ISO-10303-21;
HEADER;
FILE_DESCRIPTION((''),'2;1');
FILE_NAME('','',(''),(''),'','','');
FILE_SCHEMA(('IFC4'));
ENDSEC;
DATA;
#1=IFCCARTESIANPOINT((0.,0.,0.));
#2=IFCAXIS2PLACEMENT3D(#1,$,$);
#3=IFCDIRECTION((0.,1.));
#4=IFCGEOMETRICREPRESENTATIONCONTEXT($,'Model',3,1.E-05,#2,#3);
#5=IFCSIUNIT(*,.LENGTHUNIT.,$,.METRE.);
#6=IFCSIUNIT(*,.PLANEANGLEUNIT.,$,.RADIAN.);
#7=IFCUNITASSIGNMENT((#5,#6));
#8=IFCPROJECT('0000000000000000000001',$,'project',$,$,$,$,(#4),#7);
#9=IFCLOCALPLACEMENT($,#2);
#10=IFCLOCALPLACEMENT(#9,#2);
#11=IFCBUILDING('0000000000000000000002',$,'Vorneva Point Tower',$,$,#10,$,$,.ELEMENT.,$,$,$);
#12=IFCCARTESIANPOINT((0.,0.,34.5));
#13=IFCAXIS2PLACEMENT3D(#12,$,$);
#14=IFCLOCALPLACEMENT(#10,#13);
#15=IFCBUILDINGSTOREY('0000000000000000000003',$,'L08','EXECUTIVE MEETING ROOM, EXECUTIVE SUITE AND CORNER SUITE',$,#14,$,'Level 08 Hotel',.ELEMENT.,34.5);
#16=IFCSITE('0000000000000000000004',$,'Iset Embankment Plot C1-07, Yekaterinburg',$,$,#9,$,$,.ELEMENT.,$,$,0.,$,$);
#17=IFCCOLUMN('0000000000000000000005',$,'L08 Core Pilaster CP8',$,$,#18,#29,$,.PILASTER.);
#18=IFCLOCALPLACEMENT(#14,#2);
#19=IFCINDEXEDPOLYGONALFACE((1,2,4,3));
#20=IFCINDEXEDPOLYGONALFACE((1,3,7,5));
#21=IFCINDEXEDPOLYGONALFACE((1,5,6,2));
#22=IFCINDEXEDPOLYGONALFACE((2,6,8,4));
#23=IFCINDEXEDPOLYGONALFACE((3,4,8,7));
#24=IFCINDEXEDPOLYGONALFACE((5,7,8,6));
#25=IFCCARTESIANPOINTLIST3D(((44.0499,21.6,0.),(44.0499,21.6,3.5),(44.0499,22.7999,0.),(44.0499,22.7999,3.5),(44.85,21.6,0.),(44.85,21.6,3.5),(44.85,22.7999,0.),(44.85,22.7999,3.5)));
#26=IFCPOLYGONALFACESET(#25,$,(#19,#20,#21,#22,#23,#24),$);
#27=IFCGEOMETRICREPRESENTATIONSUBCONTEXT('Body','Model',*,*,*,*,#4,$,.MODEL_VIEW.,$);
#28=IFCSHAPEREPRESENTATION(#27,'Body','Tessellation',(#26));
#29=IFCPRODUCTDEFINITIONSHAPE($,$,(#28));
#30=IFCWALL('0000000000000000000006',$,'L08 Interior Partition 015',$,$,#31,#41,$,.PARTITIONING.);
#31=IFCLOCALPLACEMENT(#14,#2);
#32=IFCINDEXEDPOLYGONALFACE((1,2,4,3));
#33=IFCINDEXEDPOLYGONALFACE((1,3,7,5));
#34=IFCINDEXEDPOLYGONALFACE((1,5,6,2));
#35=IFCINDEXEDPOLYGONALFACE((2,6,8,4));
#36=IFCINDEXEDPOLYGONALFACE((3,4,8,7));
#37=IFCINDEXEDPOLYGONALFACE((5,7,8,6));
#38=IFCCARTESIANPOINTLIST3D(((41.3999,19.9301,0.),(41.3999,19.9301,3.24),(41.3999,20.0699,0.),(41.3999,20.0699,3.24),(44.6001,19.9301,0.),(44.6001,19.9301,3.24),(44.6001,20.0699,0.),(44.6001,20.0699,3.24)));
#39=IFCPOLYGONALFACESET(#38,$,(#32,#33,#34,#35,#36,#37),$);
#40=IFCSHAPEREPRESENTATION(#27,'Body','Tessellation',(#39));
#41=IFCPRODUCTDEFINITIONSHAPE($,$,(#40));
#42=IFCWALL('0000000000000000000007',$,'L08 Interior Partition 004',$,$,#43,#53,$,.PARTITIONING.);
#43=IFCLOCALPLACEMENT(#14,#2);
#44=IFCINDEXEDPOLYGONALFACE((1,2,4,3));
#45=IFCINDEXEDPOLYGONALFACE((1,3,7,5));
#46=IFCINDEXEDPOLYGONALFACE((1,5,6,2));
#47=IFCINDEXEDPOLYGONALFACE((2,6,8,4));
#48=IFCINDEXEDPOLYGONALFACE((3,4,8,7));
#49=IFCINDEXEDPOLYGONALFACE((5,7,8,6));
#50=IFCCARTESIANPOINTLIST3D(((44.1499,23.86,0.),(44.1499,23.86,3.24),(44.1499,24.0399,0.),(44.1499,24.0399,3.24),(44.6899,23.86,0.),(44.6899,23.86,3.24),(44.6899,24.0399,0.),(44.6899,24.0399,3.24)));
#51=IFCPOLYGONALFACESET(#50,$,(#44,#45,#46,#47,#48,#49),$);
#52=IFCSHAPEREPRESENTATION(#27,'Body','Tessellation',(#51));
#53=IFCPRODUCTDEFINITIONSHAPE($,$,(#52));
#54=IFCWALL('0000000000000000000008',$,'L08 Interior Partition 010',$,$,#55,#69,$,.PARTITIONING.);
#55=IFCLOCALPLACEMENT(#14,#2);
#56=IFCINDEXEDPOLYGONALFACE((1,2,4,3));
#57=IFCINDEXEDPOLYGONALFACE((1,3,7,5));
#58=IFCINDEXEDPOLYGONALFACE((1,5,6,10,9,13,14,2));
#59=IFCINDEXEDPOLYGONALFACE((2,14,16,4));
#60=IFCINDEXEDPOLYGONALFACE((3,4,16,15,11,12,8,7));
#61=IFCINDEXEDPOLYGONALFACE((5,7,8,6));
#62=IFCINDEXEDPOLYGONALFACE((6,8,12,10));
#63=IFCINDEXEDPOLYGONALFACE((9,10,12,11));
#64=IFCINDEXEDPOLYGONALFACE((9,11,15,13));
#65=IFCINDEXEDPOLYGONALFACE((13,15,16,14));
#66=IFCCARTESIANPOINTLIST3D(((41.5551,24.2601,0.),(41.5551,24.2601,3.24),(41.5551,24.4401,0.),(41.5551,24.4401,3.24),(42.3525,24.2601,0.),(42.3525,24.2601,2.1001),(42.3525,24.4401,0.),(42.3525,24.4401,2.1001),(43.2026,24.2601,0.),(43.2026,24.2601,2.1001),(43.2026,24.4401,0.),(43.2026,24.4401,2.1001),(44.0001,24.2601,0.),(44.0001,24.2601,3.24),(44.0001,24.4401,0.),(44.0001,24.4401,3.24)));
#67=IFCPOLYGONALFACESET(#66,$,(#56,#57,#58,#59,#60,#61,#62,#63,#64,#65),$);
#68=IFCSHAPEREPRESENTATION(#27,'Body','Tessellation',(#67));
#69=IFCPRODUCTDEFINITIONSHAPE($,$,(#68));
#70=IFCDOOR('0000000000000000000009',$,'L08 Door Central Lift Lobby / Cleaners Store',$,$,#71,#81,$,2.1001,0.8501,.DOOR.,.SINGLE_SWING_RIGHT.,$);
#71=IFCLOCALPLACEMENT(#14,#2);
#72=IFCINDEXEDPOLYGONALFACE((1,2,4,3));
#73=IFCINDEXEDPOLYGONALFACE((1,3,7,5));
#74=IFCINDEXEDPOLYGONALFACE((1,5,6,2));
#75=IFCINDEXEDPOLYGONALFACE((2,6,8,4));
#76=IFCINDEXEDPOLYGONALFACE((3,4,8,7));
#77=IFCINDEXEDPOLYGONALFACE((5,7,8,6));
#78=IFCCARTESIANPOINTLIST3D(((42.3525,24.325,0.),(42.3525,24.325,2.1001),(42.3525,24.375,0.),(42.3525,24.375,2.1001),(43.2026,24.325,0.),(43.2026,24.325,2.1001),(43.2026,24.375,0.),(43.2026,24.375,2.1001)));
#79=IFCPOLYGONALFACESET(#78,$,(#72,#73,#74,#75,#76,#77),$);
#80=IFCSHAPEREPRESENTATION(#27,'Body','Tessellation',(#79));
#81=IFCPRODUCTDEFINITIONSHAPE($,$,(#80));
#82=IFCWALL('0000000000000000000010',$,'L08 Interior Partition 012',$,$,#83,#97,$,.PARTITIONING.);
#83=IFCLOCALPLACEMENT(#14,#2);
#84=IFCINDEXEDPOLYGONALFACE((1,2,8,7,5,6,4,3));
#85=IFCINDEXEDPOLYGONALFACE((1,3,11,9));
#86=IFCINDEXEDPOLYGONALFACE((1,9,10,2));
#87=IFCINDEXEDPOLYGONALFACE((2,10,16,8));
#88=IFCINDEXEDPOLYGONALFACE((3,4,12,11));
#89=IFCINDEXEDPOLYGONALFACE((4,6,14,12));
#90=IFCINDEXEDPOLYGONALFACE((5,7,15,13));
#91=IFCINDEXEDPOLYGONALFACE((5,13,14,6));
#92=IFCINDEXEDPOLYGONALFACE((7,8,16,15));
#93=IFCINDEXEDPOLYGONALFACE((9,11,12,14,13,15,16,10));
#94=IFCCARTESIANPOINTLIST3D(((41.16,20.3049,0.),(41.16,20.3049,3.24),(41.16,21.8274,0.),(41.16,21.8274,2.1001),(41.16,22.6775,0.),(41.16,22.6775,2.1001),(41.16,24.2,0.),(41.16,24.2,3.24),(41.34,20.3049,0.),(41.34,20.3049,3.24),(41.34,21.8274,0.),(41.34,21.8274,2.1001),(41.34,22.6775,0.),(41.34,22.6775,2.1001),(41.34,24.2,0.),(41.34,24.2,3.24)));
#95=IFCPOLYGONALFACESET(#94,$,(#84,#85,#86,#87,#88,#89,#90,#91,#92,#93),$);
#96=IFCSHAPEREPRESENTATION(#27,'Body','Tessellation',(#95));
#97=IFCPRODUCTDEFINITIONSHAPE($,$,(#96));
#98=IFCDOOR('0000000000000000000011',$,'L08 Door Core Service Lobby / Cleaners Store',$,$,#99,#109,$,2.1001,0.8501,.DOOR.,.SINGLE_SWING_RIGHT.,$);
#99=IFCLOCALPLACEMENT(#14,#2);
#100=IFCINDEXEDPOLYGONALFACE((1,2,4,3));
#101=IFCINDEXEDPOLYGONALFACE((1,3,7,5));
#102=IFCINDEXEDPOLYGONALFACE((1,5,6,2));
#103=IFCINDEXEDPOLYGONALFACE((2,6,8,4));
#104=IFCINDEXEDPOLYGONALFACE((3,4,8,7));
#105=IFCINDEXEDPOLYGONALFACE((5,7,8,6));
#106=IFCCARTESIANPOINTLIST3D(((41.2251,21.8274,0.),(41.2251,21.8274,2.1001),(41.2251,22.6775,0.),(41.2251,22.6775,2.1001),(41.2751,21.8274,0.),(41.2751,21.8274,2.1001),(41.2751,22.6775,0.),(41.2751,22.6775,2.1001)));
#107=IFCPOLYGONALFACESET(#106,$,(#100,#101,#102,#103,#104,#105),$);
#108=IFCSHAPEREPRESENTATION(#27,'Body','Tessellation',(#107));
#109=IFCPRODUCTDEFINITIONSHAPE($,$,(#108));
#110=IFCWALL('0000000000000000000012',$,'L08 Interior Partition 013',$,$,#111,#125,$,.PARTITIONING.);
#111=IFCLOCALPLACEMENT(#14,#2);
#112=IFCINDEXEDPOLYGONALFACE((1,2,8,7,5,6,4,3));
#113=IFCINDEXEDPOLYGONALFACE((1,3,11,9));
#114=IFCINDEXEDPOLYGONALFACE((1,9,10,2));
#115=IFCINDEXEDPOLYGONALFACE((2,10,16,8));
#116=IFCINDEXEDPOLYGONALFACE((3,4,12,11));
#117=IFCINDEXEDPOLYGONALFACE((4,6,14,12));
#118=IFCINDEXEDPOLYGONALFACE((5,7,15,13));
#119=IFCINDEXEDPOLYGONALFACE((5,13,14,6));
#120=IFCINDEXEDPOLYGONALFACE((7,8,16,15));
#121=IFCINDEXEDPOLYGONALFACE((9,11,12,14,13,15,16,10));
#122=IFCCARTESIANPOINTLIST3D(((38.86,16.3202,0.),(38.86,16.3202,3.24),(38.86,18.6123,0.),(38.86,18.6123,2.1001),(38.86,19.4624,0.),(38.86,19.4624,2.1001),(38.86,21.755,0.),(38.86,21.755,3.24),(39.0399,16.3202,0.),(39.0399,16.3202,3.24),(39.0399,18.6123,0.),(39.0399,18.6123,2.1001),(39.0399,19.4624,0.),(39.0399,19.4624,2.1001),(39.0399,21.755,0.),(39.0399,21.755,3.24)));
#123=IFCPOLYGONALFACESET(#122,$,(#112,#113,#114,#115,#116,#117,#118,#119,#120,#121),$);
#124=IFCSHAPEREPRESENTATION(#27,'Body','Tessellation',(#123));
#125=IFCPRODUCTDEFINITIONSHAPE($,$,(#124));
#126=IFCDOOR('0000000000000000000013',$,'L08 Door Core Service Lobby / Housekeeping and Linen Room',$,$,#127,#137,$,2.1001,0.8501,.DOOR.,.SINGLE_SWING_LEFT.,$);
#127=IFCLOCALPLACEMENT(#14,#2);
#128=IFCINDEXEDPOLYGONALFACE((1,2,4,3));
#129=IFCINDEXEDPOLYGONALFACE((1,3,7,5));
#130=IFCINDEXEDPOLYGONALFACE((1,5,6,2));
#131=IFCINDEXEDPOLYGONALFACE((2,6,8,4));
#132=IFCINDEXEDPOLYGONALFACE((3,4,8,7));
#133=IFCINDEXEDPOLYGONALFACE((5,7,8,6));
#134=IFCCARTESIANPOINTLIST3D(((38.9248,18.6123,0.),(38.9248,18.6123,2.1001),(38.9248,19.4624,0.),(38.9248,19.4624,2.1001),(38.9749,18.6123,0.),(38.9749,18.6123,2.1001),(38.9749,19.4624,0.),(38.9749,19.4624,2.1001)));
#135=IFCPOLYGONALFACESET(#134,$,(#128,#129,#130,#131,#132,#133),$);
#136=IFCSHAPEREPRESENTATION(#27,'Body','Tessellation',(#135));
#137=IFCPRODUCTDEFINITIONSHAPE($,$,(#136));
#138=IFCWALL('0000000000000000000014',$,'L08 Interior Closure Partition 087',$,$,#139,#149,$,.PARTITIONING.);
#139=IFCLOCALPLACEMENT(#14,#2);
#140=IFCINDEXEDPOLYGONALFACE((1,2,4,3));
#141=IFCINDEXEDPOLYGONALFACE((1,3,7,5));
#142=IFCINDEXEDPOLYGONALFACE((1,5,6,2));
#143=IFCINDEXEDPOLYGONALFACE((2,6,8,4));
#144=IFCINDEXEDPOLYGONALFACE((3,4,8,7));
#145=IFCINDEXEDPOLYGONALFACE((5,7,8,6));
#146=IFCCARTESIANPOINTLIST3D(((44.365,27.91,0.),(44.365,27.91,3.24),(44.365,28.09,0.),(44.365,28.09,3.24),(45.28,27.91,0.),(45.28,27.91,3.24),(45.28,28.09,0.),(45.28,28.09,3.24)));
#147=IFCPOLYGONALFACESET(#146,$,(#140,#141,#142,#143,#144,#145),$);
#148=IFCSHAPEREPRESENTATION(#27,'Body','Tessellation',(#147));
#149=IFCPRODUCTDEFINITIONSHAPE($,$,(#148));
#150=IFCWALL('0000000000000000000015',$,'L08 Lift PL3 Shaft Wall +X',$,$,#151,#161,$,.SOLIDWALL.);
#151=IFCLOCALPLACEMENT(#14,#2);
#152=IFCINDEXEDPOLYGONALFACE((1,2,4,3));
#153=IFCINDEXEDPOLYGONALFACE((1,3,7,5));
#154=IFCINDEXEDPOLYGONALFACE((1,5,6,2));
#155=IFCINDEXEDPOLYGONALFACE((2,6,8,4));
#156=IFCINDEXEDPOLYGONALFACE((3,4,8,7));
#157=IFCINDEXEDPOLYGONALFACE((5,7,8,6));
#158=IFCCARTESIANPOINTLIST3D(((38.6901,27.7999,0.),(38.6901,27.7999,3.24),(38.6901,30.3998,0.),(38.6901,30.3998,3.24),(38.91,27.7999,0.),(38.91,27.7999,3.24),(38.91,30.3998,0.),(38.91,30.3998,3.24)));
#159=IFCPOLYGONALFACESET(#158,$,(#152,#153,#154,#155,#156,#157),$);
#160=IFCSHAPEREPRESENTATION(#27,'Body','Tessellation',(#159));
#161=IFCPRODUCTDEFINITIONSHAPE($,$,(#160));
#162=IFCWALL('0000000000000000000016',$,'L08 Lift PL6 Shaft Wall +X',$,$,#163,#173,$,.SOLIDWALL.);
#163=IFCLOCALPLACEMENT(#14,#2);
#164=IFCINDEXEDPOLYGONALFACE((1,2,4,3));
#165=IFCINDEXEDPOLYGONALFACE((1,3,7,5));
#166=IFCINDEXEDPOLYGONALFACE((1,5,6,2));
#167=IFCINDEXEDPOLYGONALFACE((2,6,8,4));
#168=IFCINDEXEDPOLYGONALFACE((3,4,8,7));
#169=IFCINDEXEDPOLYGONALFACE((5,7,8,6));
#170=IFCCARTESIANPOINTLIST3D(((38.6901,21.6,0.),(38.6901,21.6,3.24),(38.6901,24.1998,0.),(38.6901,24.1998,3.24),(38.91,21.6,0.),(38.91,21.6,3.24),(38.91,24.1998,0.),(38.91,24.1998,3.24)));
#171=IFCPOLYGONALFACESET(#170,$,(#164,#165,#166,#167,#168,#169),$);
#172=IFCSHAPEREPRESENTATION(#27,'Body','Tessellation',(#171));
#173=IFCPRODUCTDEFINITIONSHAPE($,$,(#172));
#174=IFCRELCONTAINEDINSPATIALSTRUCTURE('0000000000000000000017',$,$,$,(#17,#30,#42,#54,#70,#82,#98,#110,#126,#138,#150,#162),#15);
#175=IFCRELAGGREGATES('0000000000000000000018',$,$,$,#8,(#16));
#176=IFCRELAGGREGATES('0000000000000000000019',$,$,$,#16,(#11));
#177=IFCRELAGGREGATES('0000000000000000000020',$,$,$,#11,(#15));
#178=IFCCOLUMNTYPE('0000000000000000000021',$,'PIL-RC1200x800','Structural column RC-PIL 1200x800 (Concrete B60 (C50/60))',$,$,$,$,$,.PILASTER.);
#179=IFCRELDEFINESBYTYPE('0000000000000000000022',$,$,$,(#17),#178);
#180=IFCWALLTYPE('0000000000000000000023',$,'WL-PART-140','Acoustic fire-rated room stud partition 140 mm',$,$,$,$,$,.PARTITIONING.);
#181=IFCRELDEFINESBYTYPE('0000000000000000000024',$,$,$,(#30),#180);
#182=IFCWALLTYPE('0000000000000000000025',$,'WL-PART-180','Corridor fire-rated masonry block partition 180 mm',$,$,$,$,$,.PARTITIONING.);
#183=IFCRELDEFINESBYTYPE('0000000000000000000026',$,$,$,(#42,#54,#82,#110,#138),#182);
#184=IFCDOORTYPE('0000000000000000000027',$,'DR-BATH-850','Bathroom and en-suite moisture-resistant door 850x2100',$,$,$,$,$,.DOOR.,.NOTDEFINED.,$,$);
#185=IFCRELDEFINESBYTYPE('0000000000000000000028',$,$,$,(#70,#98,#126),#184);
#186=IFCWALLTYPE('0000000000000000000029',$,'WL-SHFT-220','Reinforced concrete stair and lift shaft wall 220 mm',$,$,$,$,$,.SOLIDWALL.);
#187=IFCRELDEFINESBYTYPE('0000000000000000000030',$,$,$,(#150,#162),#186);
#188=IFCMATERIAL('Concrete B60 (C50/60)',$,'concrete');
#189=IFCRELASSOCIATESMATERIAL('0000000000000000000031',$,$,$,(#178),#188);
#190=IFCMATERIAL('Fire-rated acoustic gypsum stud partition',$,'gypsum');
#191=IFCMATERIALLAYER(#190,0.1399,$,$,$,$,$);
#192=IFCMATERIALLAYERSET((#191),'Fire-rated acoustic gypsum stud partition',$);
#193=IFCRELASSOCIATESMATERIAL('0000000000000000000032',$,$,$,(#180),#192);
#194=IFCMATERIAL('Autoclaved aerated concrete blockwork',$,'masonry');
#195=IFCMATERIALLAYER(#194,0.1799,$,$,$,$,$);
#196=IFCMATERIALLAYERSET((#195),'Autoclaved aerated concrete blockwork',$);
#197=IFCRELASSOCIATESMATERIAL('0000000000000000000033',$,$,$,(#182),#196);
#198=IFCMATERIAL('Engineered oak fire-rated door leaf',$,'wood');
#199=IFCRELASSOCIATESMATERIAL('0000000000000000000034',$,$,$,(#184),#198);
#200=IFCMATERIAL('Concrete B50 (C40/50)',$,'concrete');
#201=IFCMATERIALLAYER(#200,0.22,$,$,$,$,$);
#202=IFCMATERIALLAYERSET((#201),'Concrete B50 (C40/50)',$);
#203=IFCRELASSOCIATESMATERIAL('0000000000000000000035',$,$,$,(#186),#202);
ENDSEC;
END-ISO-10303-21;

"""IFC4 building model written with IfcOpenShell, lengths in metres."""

from ifc_helpers import new_model, si_unit, direction, frame, frame_2d, origin, origin_2d, place, context, subcontext, project, spatial, rectangle, extrude, material, layer, layer_set, material_profile, profile_set, type_object, element, fill, save


model = new_model("IFC4")

# Units and contexts
model_context = context("Model", 3, precision=1e-05, world=origin(), true_north=direction((0.0, 1.0)))
body_context = subcontext(model_context, "Body", "Model", "MODEL_VIEW")
ifc_project = project(units=[si_unit("LENGTHUNIT", "METRE"), si_unit("PLANEANGLEUNIT", "RADIAN")], contexts=[model_context])

# Site, building, storey
site_placement = place(None, origin())
site = spatial("IfcSite", under=ifc_project, at=site_placement, Name="Iset Embankment Plot C1-07, Yekaterinburg", CompositionType="ELEMENT", RefElevation=0.0)
building_placement = place(site_placement, origin())
building = spatial("IfcBuilding", under=site, at=building_placement, Name="Vorneva Point Tower", CompositionType="ELEMENT")
storey_placement = place(building_placement, frame((0.0, 0.0, 34.5)))
storey = spatial("IfcBuildingStorey", under=building, at=storey_placement, Name="L08", Description="EXECUTIVE MEETING ROOM, EXECUTIVE SUITE AND CORNER SUITE", LongName="Level 08 Hotel", CompositionType="ELEMENT", Elevation=34.5)

# Column
ifc_material_1 = material(Name="Concrete B60 (C50/60)", Category="concrete")
ifc_material_profile = material_profile(ifc_material_1, rectangle(XDim=0.8, YDim=1.2, at=origin_2d()), Name="RC-PIL 1200x800")
ifc_profile_set = profile_set([ifc_material_profile], Name="Concrete B60 (C50/60)")
column_type = type_object("IfcColumnType", Name="PIL-RC1200x800", Description="Structural column RC-PIL 1200x800 (Concrete B60 (C50/60))", PredefinedType="PILASTER", material=ifc_profile_set)
column_placement = place(storey_placement, frame((44.45, 22.2, 0.0), z_axis=(0.0, 0.0, 1.0), x_axis=(1.0, 0.0, 0.0)))
element("IfcColumn", 1, at=column_placement, inside=storey, type_object=column_type, Name="L08 Core Pilaster CP8", PredefinedType="PILASTER", context=body_context, shape_type="SweptSolid", body=[
    extrude(rectangle(XDim=0.8, YDim=1.2, at=origin_2d()), origin(), (0.0, 0.0, 1.0), 3.5),
])

# Wall
ifc_material_2 = material(Name="Fire-rated acoustic gypsum stud partition", Category="gypsum")
ifc_layer_1 = layer(ifc_material_2, 0.1399)
ifc_layer_set_1 = layer_set([ifc_layer_1], Name="Fire-rated acoustic gypsum stud partition")
wall_type_1 = type_object("IfcWallType", Name="WL-PART-140", Description="Acoustic fire-rated room stud partition 140 mm", PredefinedType="PARTITIONING", material=ifc_layer_set_1)
wall_1_placement = place(storey_placement, frame((44.6001, 20.0, 0.0), z_axis=(0.0, 0.0, 1.0), x_axis=(-1.0, 0.0, 0.0)))
element("IfcWall", 2, at=wall_1_placement, inside=storey, type_object=wall_type_1, Name="L08 Interior Partition 015", PredefinedType="PARTITIONING", context=body_context, shape_type="SweptSolid", body=[
    extrude(rectangle(XDim=3.2002, YDim=0.1399, at=frame_2d((1.6001, 0.0))), origin(), (0.0, 0.0, 1.0), 3.24),
])

# Shared definitions
ifc_material_3 = material(Name="Autoclaved aerated concrete blockwork", Category="masonry")
ifc_layer_2 = layer(ifc_material_3, 0.1799)
ifc_layer_set_2 = layer_set([ifc_layer_2], Name="Autoclaved aerated concrete blockwork")
wall_type_2 = type_object("IfcWallType", Name="WL-PART-180", Description="Corridor fire-rated masonry block partition 180 mm", PredefinedType="PARTITIONING", material=ifc_layer_set_2)

# Wall
wall_2_placement = place(storey_placement, frame((44.1499, 23.95, 0.0), z_axis=(0.0, 0.0, 1.0), x_axis=(1.0, 0.0, 0.0)))
element("IfcWall", 3, at=wall_2_placement, inside=storey, type_object=wall_type_2, Name="L08 Interior Partition 004", PredefinedType="PARTITIONING", context=body_context, shape_type="SweptSolid", body=[
    extrude(rectangle(XDim=0.54, YDim=0.1799, at=frame_2d((0.27, 0.0))), origin(), (0.0, 0.0, 1.0), 3.24),
])

# Walls, openings, doors
wall_3_placement = place(storey_placement, frame((41.5549, 24.3501, 0.0), z_axis=(0.0, 0.0, 1.0), x_axis=(1.0, 0.0, 0.0)))
wall_3 = element("IfcWall", 4, at=wall_3_placement, inside=storey, type_object=wall_type_2, Name="L08 Interior Partition 010", PredefinedType="PARTITIONING", context=body_context, shape_type="SweptSolid", body=[
    extrude(rectangle(XDim=2.4451, YDim=0.1799, at=frame_2d((1.2227, 0.0))), origin(), (0.0, 0.0, 1.0), 3.24),
])
opening_1_placement = place(wall_3_placement, frame((0.7976, 0.0, 0.0)))
opening_1 = element("IfcOpeningElement", 5, at=opening_1_placement, cuts=wall_3, PredefinedType="OPENING", context=body_context, shape_type="SweptSolid", body=[
    extrude(rectangle(XDim=0.8501, YDim=2.1001, at=frame_2d((0.425, 1.05))), frame((0.0, 0.105, 0.0), z_axis=(0.0, -1.0, 0.0), x_axis=(1.0, 0.0, 0.0)), (0.0, 0.0, 1.0), 0.2097),
])
ifc_material_4 = material(Name="Engineered oak fire-rated door leaf", Category="wood")
door_type_1 = type_object("IfcDoorType", Name="DR-BATH-850", Description="Bathroom and en-suite moisture-resistant door 850x2100", OperationType="NOTDEFINED", PredefinedType="DOOR", material=ifc_material_4)
door_1_placement = place(opening_1_placement, origin())
door_1 = element("IfcDoor", 6, at=door_1_placement, inside=storey, type_object=door_type_1, Name="L08 Door Central Lift Lobby / Cleaners Store", OperationType="SINGLE_SWING_RIGHT", OverallHeight=2.1001, OverallWidth=0.8501, PredefinedType="DOOR", context=body_context, shape_type="SweptSolid", body=[
    extrude(rectangle(XDim=0.8501, YDim=2.1001, at=frame_2d((0.425, 1.05))), frame((0.0, 0.0249, 0.0), z_axis=(0.0, -1.0, 0.0), x_axis=(1.0, 0.0, 0.0)), (0.0, 0.0, 1.0), 0.05),
])
fill(opening_1, door_1)
wall_4_placement = place(storey_placement, frame((41.25, 20.3049, 0.0), z_axis=(0.0, 0.0, 1.0), x_axis=(0.0, 1.0, 0.0)))
wall_4 = element("IfcWall", 7, at=wall_4_placement, inside=storey, type_object=wall_type_2, Name="L08 Interior Partition 012", PredefinedType="PARTITIONING", context=body_context, shape_type="SweptSolid", body=[
    extrude(rectangle(XDim=3.895, YDim=0.1799, at=frame_2d((1.9475, 0.0))), origin(), (0.0, 0.0, 1.0), 3.24),
])
opening_2_placement = place(wall_4_placement, frame((1.5225, 0.0, 0.0)))
opening_2 = element("IfcOpeningElement", 8, at=opening_2_placement, cuts=wall_4, PredefinedType="OPENING", context=body_context, shape_type="SweptSolid", body=[
    extrude(rectangle(XDim=0.8501, YDim=2.1001, at=frame_2d((0.425, 1.05))), frame((0.0, 0.105, 0.0), z_axis=(0.0, -1.0, 0.0), x_axis=(1.0, 0.0, 0.0)), (0.0, 0.0, 1.0), 0.2097),
])
door_2_placement = place(opening_2_placement, origin())
door_2 = element("IfcDoor", 9, at=door_2_placement, inside=storey, type_object=door_type_1, Name="L08 Door Core Service Lobby / Cleaners Store", OperationType="SINGLE_SWING_RIGHT", OverallHeight=2.1001, OverallWidth=0.8501, PredefinedType="DOOR", context=body_context, shape_type="SweptSolid", body=[
    extrude(rectangle(XDim=0.8501, YDim=2.1001, at=frame_2d((0.425, 1.05))), frame((0.0, 0.0249, 0.0), z_axis=(0.0, -1.0, 0.0), x_axis=(1.0, 0.0, 0.0)), (0.0, 0.0, 1.0), 0.05),
])
fill(opening_2, door_2)
wall_5_placement = place(storey_placement, frame((38.95, 21.7549, 0.0), z_axis=(0.0, 0.0, 1.0), x_axis=(0.0, -1.0, 0.0)))
wall_5 = element("IfcWall", 10, at=wall_5_placement, inside=storey, type_object=wall_type_2, Name="L08 Interior Partition 013", PredefinedType="PARTITIONING", context=body_context, shape_type="SweptSolid", body=[
    extrude(rectangle(XDim=5.4348, YDim=0.1799, at=frame_2d((2.7173, 0.0))), origin(), (0.0, 0.0, 1.0), 3.24),
])
opening_3_placement = place(wall_5_placement, frame((2.2925, 0.0, 0.0)))
opening_3 = element("IfcOpeningElement", 11, at=opening_3_placement, cuts=wall_5, PredefinedType="OPENING", context=body_context, shape_type="SweptSolid", body=[
    extrude(rectangle(XDim=0.8501, YDim=2.1001, at=frame_2d((0.425, 1.05))), frame((0.0, 0.105, 0.0), z_axis=(0.0, -1.0, 0.0), x_axis=(1.0, 0.0, 0.0)), (0.0, 0.0, 1.0), 0.2097),
])
door_3_placement = place(opening_3_placement, origin())
door_3 = element("IfcDoor", 12, at=door_3_placement, inside=storey, type_object=door_type_1, Name="L08 Door Core Service Lobby / Housekeeping and Linen Room", OperationType="SINGLE_SWING_LEFT", OverallHeight=2.1001, OverallWidth=0.8501, PredefinedType="DOOR", context=body_context, shape_type="SweptSolid", body=[
    extrude(rectangle(XDim=0.8501, YDim=2.1001, at=frame_2d((0.425, 1.05))), frame((0.0, 0.0249, 0.0), z_axis=(0.0, -1.0, 0.0), x_axis=(1.0, 0.0, 0.0)), (0.0, 0.0, 1.0), 0.05),
])
fill(opening_3, door_3)

# Wall
wall_6_placement = place(storey_placement, frame((45.28, 28.0, 0.0), z_axis=(0.0, 0.0, 1.0), x_axis=(-1.0, 0.0, 0.0)))
element("IfcWall", 13, at=wall_6_placement, inside=storey, type_object=wall_type_2, Name="L08 Interior Closure Partition 087", PredefinedType="PARTITIONING", context=body_context, shape_type="SweptSolid", body=[
    extrude(rectangle(XDim=0.915, YDim=0.1799, at=frame_2d((0.4575, 0.0))), origin(), (0.0, 0.0, 1.0), 3.24),
])

# Shared definitions
ifc_material_5 = material(Name="Concrete B50 (C40/50)", Category="concrete")
ifc_layer_3 = layer(ifc_material_5, 0.22)
ifc_layer_set_3 = layer_set([ifc_layer_3], Name="Concrete B50 (C40/50)")
wall_type_3 = type_object("IfcWallType", Name="WL-SHFT-220", Description="Reinforced concrete stair and lift shaft wall 220 mm", PredefinedType="SOLIDWALL", material=ifc_layer_set_3)

# Walls
for number, where, z_axis, x_axis, name in (
    (14, (38.8, 27.8, 0.0), (0.0, 0.0, 1.0), (0.0, 1.0, 0.0), "L08 Lift PL3 Shaft Wall +X"),
    (15, (38.8, 21.6001, 0.0), (0.0, 0.0, 1.0), (0.0, 1.0, 0.0), "L08 Lift PL6 Shaft Wall +X"),
):
    element("IfcWall", number, at=place(storey_placement, frame(where, z_axis=z_axis, x_axis=x_axis)), inside=storey, type_object=wall_type_3, Name=name, PredefinedType="SOLIDWALL", context=body_context, shape_type="SweptSolid", body=[
        extrude(rectangle(XDim=2.5999, YDim=0.22, at=frame_2d((1.2998, 0.0))), origin(), (0.0, 0.0, 1.0), 3.24),
    ])

save(model, "model.ifc")
